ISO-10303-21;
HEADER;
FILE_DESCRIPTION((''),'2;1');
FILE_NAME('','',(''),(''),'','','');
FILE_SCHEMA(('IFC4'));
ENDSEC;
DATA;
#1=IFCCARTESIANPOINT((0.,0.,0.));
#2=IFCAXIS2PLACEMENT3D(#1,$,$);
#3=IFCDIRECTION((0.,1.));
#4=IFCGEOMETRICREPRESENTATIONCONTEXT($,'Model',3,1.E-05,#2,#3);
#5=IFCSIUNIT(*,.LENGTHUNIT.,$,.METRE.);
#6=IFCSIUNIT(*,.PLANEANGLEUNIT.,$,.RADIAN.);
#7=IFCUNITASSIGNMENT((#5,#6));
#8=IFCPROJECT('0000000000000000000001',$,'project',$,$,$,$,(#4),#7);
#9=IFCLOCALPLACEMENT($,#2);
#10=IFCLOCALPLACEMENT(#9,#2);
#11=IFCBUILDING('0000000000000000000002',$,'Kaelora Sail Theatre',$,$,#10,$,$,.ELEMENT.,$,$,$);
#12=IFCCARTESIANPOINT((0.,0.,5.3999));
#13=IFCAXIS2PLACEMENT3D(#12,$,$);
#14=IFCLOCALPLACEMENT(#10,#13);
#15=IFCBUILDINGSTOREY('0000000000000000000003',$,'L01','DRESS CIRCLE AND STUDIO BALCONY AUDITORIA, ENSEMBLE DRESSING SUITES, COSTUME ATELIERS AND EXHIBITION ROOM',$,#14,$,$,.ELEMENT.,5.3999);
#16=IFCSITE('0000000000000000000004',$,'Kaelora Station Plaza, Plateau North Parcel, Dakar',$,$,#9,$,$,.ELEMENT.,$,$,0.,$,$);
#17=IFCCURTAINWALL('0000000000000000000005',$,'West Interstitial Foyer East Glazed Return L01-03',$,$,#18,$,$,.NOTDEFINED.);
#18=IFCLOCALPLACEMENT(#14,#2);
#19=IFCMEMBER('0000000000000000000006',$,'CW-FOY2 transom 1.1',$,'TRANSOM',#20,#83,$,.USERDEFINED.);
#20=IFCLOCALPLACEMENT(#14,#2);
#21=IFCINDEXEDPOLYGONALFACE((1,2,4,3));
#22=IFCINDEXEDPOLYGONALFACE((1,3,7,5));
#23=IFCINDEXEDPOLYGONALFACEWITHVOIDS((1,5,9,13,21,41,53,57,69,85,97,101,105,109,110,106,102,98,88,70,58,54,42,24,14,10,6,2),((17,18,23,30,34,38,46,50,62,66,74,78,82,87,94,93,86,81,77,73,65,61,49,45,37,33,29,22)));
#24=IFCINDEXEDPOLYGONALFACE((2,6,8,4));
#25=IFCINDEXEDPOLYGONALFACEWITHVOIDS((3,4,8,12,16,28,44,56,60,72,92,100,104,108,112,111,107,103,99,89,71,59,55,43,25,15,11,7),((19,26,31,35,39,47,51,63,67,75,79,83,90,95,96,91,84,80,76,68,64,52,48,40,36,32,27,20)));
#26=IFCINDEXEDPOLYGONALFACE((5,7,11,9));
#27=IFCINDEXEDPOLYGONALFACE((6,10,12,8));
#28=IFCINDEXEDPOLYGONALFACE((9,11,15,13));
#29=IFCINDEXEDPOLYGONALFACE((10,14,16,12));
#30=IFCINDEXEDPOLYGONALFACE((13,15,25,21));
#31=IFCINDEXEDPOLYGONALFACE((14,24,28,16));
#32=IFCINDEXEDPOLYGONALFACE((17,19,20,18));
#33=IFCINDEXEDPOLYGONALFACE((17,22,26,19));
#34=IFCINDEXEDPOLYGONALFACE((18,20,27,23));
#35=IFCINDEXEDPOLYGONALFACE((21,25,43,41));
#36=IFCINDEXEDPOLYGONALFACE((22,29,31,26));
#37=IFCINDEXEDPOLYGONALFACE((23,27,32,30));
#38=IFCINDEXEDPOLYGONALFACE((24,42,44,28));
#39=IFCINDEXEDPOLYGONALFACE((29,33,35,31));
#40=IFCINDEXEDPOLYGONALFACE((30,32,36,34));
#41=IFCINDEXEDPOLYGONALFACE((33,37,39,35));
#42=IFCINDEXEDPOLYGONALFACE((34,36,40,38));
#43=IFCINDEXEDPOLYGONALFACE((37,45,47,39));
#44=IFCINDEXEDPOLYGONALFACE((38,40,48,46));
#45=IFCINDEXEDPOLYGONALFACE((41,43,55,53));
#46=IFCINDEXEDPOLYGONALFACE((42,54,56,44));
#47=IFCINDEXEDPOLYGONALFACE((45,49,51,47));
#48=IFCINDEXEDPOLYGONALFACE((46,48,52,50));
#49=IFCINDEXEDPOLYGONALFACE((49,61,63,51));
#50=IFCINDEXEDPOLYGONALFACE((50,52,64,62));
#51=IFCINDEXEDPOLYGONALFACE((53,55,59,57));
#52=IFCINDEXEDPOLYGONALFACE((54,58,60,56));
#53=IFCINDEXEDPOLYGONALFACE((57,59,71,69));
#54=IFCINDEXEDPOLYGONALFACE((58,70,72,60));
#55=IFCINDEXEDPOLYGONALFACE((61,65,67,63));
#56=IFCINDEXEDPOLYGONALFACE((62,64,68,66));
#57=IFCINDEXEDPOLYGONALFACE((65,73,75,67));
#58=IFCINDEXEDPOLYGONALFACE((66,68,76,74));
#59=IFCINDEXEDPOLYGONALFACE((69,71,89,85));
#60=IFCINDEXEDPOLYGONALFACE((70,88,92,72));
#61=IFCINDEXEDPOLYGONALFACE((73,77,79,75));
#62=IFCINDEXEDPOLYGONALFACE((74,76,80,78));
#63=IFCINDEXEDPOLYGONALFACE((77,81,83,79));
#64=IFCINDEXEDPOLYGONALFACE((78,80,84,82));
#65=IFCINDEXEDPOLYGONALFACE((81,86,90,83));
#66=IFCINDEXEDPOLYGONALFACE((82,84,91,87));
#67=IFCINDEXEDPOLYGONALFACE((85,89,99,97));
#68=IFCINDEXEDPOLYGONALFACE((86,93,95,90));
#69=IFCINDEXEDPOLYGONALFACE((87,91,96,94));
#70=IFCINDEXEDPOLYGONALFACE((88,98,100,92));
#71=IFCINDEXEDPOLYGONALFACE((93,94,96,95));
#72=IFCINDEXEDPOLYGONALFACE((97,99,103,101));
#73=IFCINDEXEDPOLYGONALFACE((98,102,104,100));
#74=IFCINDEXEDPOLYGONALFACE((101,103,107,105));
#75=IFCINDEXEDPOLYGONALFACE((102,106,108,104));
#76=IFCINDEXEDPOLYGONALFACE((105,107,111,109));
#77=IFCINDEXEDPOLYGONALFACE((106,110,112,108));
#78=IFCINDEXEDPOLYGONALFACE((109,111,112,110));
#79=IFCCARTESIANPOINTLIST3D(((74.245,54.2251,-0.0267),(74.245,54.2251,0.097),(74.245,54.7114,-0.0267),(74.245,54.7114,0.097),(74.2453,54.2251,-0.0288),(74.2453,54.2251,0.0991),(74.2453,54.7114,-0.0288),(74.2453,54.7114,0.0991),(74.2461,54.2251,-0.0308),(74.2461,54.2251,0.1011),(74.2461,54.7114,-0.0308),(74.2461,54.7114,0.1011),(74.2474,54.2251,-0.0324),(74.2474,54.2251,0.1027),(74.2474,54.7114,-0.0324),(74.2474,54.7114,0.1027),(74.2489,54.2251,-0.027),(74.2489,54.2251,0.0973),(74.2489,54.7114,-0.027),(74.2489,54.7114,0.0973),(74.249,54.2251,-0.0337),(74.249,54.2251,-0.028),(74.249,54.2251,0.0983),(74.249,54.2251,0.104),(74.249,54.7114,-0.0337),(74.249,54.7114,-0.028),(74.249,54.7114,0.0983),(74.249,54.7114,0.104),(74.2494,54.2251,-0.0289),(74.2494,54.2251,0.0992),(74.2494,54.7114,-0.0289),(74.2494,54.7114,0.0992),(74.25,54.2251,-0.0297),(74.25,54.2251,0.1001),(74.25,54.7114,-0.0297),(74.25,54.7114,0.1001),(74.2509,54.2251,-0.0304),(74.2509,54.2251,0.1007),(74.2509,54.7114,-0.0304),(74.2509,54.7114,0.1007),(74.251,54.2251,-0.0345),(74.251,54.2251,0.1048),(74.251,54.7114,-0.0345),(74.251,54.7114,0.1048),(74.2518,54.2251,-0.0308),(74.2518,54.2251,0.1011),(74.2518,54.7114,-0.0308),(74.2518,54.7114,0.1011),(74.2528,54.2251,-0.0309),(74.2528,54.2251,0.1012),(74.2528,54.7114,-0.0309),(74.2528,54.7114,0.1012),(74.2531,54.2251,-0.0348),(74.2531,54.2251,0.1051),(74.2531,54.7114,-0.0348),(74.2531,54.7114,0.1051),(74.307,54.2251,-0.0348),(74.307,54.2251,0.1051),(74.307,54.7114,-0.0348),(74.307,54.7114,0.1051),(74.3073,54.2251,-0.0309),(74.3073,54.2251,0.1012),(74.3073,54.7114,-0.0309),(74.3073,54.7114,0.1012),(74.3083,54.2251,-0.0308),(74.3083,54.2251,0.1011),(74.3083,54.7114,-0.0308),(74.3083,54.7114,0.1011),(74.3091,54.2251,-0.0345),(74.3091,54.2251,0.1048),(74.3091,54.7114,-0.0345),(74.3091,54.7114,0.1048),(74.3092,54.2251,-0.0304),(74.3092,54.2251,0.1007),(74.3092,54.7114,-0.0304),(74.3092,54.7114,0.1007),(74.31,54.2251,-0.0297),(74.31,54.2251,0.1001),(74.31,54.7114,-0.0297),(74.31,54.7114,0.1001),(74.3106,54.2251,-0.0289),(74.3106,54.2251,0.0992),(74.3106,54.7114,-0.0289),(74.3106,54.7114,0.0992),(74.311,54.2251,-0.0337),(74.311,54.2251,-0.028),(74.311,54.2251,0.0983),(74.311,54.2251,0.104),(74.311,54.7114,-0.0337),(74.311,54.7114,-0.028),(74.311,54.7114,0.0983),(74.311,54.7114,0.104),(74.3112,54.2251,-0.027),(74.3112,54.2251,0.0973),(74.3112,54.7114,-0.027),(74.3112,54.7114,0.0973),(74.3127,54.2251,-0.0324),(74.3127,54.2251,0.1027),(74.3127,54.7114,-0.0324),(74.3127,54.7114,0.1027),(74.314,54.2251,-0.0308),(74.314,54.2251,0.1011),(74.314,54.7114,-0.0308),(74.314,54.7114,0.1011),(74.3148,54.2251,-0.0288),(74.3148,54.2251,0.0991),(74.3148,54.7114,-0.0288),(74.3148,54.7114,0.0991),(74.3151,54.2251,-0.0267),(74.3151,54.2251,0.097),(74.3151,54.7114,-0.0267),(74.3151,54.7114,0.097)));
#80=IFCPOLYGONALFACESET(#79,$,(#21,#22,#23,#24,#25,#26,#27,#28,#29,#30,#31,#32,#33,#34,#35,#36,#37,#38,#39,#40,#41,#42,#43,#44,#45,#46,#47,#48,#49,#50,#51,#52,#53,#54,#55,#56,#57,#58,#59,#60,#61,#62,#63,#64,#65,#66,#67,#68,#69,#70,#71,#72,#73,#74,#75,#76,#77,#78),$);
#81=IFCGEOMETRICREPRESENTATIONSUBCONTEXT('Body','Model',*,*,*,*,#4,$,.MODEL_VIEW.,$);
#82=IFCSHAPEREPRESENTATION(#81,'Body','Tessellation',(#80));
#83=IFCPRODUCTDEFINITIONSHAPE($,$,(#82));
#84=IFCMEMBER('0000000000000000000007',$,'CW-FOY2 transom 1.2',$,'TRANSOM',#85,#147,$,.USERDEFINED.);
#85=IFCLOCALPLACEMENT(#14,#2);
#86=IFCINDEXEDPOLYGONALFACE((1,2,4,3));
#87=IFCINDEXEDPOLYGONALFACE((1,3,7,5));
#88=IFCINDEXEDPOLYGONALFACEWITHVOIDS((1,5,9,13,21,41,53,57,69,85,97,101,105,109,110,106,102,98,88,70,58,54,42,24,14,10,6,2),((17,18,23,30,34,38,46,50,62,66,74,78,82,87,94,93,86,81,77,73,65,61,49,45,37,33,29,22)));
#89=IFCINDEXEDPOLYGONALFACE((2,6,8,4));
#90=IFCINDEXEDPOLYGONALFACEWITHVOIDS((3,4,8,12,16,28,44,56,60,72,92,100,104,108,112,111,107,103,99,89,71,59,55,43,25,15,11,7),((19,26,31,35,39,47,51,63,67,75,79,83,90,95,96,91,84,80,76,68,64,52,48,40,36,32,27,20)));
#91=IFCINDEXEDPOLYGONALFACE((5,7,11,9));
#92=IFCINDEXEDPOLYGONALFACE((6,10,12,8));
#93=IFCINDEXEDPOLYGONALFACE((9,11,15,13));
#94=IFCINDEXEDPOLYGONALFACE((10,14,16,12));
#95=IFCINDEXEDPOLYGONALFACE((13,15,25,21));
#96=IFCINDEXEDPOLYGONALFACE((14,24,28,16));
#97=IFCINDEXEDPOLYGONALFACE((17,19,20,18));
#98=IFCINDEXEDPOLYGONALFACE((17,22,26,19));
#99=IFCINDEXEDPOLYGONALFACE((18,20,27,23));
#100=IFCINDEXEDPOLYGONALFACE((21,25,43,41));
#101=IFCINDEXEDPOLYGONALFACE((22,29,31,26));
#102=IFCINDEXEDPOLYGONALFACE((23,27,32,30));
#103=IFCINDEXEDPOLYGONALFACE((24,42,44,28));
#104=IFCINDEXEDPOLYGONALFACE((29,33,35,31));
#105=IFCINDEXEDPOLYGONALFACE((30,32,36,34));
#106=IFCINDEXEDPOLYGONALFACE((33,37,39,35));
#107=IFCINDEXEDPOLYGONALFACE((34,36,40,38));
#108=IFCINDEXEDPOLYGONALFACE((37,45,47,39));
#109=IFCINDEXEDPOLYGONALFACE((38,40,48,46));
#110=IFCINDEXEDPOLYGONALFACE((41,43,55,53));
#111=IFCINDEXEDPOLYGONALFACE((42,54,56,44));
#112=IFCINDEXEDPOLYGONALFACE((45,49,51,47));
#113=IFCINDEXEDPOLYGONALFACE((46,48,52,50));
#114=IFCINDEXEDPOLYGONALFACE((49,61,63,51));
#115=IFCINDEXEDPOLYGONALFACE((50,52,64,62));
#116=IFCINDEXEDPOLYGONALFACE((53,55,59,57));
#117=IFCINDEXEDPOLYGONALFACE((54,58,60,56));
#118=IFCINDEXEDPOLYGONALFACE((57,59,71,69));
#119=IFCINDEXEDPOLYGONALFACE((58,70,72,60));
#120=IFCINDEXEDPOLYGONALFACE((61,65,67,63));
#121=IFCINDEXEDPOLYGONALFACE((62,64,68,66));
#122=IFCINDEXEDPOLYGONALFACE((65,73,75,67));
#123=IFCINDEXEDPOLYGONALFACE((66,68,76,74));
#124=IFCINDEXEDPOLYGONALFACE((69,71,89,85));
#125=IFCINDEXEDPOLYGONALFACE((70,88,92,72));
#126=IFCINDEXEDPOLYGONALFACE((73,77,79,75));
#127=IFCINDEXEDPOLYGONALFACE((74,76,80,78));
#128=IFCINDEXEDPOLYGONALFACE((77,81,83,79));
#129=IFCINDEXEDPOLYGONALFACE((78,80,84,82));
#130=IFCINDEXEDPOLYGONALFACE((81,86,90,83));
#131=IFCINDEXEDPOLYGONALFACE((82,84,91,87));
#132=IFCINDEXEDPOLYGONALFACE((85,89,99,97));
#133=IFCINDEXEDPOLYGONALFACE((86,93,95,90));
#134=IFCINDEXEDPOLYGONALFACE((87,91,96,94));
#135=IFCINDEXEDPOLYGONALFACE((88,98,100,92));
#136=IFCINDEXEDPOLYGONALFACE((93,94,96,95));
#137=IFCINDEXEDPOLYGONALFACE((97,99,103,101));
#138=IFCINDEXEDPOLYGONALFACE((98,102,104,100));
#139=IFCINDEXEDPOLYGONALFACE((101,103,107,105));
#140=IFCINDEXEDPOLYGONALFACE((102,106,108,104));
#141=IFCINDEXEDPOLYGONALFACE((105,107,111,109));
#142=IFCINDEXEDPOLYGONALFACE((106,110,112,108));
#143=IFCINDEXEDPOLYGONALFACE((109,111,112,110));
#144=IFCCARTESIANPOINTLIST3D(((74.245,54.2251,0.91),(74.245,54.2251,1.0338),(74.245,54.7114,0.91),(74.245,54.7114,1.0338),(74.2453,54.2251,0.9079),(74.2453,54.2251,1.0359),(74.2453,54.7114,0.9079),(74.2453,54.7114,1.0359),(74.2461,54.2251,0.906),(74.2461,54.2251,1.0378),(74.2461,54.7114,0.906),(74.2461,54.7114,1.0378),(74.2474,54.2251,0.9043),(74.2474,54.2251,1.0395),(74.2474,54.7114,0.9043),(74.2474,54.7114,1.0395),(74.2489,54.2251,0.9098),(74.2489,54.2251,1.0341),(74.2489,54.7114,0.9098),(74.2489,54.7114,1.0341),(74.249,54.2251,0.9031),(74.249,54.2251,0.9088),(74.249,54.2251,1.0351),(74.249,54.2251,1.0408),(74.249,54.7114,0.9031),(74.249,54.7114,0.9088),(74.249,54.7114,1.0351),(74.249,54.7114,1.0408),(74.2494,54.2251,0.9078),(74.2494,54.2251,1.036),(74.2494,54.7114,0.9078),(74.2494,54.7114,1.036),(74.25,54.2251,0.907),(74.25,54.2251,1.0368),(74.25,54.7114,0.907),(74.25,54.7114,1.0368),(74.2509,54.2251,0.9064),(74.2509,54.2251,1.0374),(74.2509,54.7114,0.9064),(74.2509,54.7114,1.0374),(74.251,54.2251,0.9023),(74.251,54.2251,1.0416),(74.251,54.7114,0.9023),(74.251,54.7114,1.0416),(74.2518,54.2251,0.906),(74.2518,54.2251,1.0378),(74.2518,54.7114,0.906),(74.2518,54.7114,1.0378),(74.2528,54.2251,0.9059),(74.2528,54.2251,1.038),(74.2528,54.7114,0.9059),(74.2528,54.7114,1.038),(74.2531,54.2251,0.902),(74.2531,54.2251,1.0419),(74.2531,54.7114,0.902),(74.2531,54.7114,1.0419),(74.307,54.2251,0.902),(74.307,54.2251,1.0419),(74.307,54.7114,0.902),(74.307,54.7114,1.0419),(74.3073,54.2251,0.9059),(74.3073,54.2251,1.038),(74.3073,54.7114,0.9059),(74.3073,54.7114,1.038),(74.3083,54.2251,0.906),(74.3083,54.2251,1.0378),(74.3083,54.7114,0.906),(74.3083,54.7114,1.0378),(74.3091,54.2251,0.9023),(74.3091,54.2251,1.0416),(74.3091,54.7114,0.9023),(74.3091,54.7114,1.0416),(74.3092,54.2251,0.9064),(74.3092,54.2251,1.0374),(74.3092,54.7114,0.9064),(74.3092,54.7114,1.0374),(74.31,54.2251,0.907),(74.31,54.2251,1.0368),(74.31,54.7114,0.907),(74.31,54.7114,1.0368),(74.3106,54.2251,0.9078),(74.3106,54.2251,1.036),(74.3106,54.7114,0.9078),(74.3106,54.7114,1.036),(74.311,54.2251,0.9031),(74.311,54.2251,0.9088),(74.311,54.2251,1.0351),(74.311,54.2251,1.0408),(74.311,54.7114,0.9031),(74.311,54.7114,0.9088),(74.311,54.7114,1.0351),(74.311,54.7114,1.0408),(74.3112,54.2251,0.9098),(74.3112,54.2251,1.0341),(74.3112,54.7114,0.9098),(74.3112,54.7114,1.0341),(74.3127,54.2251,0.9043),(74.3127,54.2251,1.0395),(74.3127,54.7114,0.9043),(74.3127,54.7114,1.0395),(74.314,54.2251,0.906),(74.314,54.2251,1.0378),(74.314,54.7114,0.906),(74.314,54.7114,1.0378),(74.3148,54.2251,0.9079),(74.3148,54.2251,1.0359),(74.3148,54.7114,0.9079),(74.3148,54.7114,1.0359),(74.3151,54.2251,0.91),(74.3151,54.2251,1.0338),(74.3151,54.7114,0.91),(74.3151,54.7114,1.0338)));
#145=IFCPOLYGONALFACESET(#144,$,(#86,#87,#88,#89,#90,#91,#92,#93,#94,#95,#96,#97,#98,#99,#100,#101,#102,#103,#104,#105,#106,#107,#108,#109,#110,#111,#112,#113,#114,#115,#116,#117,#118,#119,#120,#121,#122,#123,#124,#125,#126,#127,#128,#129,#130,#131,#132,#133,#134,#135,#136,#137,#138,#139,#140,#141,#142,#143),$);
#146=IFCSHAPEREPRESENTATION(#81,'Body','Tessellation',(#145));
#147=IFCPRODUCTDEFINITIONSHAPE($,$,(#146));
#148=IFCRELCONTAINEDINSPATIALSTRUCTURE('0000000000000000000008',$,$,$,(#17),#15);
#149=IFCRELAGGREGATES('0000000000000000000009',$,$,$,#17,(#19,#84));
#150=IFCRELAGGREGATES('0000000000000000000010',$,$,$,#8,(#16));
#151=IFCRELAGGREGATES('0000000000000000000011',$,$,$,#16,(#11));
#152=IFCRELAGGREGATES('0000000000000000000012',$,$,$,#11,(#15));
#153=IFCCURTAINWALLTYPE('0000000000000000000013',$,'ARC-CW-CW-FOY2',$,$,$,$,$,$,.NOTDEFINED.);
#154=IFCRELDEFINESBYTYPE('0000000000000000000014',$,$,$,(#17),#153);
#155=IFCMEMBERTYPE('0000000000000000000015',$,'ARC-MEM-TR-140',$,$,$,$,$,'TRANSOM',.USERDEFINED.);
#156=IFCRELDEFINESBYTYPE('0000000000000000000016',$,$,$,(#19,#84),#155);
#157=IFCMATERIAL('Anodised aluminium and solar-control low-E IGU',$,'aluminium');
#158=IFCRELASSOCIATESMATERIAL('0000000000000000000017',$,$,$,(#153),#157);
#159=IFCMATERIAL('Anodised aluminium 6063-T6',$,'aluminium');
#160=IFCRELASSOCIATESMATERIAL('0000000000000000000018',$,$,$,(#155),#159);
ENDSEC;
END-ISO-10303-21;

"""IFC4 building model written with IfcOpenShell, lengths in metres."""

from ifc_helpers import new_model, si_unit, direction, frame, origin, origin_2d, place, context, subcontext, project, spatial, hollow_rectangle, extrude, material, material_profile, profile_set, type_object, element, aggregate, save


model = new_model("IFC4")

# Units and contexts
model_context = context("Model", 3, precision=1e-05, world=origin(), true_north=direction((0.0, 1.0)))
body_context = subcontext(model_context, "Body", "Model", "MODEL_VIEW")
ifc_project = project(units=[si_unit("LENGTHUNIT", "METRE"), si_unit("PLANEANGLEUNIT", "RADIAN")], contexts=[model_context])

# Site, building, storey
site_placement = place(None, origin())
site = spatial("IfcSite", under=ifc_project, at=site_placement, Name="Kaelora Station Plaza, Plateau North Parcel, Dakar", CompositionType="ELEMENT", RefElevation=0.0)
building_placement = place(site_placement, origin())
building = spatial("IfcBuilding", under=site, at=building_placement, Name="Kaelora Sail Theatre", CompositionType="ELEMENT")
storey_placement = place(building_placement, frame((0.0, 0.0, 5.3999)))
storey = spatial("IfcBuildingStorey", under=building, at=storey_placement, Name="L01", Description="DRESS CIRCLE AND STUDIO BALCONY AUDITORIA, ENSEMBLE DRESSING SUITES, COSTUME ATELIERS AND EXHIBITION ROOM", CompositionType="ELEMENT", Elevation=5.3999)

# Shared definitions
ifc_material_1 = material(Name="Anodised aluminium and solar-control low-E IGU", Category="aluminium")
curtain_wall_type = type_object("IfcCurtainWallType", Name="ARC-CW-CW-FOY2", PredefinedType="NOTDEFINED", material=ifc_material_1)

# Curtain wall
curtain_wall_1_placement = place(storey_placement, origin())
curtain_wall_1 = element("IfcCurtainWall", 1, at=curtain_wall_1_placement, inside=storey, type_object=curtain_wall_type, Name="West Interstitial Foyer East Glazed Return L01-03", PredefinedType="NOTDEFINED")

# Members
ifc_material_2 = material(Name="Anodised aluminium 6063-T6", Category="aluminium")
ifc_material_profile_1 = material_profile(ifc_material_2, hollow_rectangle(XDim=0.0701, YDim=0.1399, WallThickness=0.0039, InnerFilletRadius=0.0039, OuterFilletRadius=0.0081, at=origin_2d()), Name="ALU-TRAN 70x140x4")
ifc_profile_set_1 = profile_set([ifc_material_profile_1], Name="Anodised aluminium 6063-T6")
member_type_1 = type_object("IfcMemberType", Name="ARC-MEM-TR-140", ElementType="TRANSOM", PredefinedType="USERDEFINED", material=ifc_profile_set_1)
member_1_placement = place(storey_placement, frame((74.28, 54.2251, 0.0352), z_axis=(0.0, 1.0, 0.0), x_axis=(-1.0, 0.0, 0.0)))
member_1 = element("IfcMember", 2, at=member_1_placement, type_object=member_type_1, Name="CW-FOY2 transom 1.1", ObjectType="TRANSOM", PredefinedType="USERDEFINED", context=body_context, shape_type="SweptSolid", body=[
    extrude(hollow_rectangle(XDim=0.0701, YDim=0.1399, WallThickness=0.0039, InnerFilletRadius=0.0039, OuterFilletRadius=0.0081, at=origin_2d()), origin(), (0.0, 0.0, 1.0), 0.4863),
])
member_2_placement = place(storey_placement, frame((74.28, 54.2251, 0.9719), z_axis=(0.0, 1.0, 0.0), x_axis=(-1.0, 0.0, 0.0)))
member_2 = element("IfcMember", 3, at=member_2_placement, type_object=member_type_1, Name="CW-FOY2 transom 1.2", ObjectType="TRANSOM", PredefinedType="USERDEFINED", context=body_context, shape_type="SweptSolid", body=[
    extrude(hollow_rectangle(XDim=0.0701, YDim=0.1399, WallThickness=0.0039, InnerFilletRadius=0.0039, OuterFilletRadius=0.0081, at=origin_2d()), origin(), (0.0, 0.0, 1.0), 0.4863),
])

aggregate(curtain_wall_1, [member_1, member_2])

save(model, "model.ifc")
